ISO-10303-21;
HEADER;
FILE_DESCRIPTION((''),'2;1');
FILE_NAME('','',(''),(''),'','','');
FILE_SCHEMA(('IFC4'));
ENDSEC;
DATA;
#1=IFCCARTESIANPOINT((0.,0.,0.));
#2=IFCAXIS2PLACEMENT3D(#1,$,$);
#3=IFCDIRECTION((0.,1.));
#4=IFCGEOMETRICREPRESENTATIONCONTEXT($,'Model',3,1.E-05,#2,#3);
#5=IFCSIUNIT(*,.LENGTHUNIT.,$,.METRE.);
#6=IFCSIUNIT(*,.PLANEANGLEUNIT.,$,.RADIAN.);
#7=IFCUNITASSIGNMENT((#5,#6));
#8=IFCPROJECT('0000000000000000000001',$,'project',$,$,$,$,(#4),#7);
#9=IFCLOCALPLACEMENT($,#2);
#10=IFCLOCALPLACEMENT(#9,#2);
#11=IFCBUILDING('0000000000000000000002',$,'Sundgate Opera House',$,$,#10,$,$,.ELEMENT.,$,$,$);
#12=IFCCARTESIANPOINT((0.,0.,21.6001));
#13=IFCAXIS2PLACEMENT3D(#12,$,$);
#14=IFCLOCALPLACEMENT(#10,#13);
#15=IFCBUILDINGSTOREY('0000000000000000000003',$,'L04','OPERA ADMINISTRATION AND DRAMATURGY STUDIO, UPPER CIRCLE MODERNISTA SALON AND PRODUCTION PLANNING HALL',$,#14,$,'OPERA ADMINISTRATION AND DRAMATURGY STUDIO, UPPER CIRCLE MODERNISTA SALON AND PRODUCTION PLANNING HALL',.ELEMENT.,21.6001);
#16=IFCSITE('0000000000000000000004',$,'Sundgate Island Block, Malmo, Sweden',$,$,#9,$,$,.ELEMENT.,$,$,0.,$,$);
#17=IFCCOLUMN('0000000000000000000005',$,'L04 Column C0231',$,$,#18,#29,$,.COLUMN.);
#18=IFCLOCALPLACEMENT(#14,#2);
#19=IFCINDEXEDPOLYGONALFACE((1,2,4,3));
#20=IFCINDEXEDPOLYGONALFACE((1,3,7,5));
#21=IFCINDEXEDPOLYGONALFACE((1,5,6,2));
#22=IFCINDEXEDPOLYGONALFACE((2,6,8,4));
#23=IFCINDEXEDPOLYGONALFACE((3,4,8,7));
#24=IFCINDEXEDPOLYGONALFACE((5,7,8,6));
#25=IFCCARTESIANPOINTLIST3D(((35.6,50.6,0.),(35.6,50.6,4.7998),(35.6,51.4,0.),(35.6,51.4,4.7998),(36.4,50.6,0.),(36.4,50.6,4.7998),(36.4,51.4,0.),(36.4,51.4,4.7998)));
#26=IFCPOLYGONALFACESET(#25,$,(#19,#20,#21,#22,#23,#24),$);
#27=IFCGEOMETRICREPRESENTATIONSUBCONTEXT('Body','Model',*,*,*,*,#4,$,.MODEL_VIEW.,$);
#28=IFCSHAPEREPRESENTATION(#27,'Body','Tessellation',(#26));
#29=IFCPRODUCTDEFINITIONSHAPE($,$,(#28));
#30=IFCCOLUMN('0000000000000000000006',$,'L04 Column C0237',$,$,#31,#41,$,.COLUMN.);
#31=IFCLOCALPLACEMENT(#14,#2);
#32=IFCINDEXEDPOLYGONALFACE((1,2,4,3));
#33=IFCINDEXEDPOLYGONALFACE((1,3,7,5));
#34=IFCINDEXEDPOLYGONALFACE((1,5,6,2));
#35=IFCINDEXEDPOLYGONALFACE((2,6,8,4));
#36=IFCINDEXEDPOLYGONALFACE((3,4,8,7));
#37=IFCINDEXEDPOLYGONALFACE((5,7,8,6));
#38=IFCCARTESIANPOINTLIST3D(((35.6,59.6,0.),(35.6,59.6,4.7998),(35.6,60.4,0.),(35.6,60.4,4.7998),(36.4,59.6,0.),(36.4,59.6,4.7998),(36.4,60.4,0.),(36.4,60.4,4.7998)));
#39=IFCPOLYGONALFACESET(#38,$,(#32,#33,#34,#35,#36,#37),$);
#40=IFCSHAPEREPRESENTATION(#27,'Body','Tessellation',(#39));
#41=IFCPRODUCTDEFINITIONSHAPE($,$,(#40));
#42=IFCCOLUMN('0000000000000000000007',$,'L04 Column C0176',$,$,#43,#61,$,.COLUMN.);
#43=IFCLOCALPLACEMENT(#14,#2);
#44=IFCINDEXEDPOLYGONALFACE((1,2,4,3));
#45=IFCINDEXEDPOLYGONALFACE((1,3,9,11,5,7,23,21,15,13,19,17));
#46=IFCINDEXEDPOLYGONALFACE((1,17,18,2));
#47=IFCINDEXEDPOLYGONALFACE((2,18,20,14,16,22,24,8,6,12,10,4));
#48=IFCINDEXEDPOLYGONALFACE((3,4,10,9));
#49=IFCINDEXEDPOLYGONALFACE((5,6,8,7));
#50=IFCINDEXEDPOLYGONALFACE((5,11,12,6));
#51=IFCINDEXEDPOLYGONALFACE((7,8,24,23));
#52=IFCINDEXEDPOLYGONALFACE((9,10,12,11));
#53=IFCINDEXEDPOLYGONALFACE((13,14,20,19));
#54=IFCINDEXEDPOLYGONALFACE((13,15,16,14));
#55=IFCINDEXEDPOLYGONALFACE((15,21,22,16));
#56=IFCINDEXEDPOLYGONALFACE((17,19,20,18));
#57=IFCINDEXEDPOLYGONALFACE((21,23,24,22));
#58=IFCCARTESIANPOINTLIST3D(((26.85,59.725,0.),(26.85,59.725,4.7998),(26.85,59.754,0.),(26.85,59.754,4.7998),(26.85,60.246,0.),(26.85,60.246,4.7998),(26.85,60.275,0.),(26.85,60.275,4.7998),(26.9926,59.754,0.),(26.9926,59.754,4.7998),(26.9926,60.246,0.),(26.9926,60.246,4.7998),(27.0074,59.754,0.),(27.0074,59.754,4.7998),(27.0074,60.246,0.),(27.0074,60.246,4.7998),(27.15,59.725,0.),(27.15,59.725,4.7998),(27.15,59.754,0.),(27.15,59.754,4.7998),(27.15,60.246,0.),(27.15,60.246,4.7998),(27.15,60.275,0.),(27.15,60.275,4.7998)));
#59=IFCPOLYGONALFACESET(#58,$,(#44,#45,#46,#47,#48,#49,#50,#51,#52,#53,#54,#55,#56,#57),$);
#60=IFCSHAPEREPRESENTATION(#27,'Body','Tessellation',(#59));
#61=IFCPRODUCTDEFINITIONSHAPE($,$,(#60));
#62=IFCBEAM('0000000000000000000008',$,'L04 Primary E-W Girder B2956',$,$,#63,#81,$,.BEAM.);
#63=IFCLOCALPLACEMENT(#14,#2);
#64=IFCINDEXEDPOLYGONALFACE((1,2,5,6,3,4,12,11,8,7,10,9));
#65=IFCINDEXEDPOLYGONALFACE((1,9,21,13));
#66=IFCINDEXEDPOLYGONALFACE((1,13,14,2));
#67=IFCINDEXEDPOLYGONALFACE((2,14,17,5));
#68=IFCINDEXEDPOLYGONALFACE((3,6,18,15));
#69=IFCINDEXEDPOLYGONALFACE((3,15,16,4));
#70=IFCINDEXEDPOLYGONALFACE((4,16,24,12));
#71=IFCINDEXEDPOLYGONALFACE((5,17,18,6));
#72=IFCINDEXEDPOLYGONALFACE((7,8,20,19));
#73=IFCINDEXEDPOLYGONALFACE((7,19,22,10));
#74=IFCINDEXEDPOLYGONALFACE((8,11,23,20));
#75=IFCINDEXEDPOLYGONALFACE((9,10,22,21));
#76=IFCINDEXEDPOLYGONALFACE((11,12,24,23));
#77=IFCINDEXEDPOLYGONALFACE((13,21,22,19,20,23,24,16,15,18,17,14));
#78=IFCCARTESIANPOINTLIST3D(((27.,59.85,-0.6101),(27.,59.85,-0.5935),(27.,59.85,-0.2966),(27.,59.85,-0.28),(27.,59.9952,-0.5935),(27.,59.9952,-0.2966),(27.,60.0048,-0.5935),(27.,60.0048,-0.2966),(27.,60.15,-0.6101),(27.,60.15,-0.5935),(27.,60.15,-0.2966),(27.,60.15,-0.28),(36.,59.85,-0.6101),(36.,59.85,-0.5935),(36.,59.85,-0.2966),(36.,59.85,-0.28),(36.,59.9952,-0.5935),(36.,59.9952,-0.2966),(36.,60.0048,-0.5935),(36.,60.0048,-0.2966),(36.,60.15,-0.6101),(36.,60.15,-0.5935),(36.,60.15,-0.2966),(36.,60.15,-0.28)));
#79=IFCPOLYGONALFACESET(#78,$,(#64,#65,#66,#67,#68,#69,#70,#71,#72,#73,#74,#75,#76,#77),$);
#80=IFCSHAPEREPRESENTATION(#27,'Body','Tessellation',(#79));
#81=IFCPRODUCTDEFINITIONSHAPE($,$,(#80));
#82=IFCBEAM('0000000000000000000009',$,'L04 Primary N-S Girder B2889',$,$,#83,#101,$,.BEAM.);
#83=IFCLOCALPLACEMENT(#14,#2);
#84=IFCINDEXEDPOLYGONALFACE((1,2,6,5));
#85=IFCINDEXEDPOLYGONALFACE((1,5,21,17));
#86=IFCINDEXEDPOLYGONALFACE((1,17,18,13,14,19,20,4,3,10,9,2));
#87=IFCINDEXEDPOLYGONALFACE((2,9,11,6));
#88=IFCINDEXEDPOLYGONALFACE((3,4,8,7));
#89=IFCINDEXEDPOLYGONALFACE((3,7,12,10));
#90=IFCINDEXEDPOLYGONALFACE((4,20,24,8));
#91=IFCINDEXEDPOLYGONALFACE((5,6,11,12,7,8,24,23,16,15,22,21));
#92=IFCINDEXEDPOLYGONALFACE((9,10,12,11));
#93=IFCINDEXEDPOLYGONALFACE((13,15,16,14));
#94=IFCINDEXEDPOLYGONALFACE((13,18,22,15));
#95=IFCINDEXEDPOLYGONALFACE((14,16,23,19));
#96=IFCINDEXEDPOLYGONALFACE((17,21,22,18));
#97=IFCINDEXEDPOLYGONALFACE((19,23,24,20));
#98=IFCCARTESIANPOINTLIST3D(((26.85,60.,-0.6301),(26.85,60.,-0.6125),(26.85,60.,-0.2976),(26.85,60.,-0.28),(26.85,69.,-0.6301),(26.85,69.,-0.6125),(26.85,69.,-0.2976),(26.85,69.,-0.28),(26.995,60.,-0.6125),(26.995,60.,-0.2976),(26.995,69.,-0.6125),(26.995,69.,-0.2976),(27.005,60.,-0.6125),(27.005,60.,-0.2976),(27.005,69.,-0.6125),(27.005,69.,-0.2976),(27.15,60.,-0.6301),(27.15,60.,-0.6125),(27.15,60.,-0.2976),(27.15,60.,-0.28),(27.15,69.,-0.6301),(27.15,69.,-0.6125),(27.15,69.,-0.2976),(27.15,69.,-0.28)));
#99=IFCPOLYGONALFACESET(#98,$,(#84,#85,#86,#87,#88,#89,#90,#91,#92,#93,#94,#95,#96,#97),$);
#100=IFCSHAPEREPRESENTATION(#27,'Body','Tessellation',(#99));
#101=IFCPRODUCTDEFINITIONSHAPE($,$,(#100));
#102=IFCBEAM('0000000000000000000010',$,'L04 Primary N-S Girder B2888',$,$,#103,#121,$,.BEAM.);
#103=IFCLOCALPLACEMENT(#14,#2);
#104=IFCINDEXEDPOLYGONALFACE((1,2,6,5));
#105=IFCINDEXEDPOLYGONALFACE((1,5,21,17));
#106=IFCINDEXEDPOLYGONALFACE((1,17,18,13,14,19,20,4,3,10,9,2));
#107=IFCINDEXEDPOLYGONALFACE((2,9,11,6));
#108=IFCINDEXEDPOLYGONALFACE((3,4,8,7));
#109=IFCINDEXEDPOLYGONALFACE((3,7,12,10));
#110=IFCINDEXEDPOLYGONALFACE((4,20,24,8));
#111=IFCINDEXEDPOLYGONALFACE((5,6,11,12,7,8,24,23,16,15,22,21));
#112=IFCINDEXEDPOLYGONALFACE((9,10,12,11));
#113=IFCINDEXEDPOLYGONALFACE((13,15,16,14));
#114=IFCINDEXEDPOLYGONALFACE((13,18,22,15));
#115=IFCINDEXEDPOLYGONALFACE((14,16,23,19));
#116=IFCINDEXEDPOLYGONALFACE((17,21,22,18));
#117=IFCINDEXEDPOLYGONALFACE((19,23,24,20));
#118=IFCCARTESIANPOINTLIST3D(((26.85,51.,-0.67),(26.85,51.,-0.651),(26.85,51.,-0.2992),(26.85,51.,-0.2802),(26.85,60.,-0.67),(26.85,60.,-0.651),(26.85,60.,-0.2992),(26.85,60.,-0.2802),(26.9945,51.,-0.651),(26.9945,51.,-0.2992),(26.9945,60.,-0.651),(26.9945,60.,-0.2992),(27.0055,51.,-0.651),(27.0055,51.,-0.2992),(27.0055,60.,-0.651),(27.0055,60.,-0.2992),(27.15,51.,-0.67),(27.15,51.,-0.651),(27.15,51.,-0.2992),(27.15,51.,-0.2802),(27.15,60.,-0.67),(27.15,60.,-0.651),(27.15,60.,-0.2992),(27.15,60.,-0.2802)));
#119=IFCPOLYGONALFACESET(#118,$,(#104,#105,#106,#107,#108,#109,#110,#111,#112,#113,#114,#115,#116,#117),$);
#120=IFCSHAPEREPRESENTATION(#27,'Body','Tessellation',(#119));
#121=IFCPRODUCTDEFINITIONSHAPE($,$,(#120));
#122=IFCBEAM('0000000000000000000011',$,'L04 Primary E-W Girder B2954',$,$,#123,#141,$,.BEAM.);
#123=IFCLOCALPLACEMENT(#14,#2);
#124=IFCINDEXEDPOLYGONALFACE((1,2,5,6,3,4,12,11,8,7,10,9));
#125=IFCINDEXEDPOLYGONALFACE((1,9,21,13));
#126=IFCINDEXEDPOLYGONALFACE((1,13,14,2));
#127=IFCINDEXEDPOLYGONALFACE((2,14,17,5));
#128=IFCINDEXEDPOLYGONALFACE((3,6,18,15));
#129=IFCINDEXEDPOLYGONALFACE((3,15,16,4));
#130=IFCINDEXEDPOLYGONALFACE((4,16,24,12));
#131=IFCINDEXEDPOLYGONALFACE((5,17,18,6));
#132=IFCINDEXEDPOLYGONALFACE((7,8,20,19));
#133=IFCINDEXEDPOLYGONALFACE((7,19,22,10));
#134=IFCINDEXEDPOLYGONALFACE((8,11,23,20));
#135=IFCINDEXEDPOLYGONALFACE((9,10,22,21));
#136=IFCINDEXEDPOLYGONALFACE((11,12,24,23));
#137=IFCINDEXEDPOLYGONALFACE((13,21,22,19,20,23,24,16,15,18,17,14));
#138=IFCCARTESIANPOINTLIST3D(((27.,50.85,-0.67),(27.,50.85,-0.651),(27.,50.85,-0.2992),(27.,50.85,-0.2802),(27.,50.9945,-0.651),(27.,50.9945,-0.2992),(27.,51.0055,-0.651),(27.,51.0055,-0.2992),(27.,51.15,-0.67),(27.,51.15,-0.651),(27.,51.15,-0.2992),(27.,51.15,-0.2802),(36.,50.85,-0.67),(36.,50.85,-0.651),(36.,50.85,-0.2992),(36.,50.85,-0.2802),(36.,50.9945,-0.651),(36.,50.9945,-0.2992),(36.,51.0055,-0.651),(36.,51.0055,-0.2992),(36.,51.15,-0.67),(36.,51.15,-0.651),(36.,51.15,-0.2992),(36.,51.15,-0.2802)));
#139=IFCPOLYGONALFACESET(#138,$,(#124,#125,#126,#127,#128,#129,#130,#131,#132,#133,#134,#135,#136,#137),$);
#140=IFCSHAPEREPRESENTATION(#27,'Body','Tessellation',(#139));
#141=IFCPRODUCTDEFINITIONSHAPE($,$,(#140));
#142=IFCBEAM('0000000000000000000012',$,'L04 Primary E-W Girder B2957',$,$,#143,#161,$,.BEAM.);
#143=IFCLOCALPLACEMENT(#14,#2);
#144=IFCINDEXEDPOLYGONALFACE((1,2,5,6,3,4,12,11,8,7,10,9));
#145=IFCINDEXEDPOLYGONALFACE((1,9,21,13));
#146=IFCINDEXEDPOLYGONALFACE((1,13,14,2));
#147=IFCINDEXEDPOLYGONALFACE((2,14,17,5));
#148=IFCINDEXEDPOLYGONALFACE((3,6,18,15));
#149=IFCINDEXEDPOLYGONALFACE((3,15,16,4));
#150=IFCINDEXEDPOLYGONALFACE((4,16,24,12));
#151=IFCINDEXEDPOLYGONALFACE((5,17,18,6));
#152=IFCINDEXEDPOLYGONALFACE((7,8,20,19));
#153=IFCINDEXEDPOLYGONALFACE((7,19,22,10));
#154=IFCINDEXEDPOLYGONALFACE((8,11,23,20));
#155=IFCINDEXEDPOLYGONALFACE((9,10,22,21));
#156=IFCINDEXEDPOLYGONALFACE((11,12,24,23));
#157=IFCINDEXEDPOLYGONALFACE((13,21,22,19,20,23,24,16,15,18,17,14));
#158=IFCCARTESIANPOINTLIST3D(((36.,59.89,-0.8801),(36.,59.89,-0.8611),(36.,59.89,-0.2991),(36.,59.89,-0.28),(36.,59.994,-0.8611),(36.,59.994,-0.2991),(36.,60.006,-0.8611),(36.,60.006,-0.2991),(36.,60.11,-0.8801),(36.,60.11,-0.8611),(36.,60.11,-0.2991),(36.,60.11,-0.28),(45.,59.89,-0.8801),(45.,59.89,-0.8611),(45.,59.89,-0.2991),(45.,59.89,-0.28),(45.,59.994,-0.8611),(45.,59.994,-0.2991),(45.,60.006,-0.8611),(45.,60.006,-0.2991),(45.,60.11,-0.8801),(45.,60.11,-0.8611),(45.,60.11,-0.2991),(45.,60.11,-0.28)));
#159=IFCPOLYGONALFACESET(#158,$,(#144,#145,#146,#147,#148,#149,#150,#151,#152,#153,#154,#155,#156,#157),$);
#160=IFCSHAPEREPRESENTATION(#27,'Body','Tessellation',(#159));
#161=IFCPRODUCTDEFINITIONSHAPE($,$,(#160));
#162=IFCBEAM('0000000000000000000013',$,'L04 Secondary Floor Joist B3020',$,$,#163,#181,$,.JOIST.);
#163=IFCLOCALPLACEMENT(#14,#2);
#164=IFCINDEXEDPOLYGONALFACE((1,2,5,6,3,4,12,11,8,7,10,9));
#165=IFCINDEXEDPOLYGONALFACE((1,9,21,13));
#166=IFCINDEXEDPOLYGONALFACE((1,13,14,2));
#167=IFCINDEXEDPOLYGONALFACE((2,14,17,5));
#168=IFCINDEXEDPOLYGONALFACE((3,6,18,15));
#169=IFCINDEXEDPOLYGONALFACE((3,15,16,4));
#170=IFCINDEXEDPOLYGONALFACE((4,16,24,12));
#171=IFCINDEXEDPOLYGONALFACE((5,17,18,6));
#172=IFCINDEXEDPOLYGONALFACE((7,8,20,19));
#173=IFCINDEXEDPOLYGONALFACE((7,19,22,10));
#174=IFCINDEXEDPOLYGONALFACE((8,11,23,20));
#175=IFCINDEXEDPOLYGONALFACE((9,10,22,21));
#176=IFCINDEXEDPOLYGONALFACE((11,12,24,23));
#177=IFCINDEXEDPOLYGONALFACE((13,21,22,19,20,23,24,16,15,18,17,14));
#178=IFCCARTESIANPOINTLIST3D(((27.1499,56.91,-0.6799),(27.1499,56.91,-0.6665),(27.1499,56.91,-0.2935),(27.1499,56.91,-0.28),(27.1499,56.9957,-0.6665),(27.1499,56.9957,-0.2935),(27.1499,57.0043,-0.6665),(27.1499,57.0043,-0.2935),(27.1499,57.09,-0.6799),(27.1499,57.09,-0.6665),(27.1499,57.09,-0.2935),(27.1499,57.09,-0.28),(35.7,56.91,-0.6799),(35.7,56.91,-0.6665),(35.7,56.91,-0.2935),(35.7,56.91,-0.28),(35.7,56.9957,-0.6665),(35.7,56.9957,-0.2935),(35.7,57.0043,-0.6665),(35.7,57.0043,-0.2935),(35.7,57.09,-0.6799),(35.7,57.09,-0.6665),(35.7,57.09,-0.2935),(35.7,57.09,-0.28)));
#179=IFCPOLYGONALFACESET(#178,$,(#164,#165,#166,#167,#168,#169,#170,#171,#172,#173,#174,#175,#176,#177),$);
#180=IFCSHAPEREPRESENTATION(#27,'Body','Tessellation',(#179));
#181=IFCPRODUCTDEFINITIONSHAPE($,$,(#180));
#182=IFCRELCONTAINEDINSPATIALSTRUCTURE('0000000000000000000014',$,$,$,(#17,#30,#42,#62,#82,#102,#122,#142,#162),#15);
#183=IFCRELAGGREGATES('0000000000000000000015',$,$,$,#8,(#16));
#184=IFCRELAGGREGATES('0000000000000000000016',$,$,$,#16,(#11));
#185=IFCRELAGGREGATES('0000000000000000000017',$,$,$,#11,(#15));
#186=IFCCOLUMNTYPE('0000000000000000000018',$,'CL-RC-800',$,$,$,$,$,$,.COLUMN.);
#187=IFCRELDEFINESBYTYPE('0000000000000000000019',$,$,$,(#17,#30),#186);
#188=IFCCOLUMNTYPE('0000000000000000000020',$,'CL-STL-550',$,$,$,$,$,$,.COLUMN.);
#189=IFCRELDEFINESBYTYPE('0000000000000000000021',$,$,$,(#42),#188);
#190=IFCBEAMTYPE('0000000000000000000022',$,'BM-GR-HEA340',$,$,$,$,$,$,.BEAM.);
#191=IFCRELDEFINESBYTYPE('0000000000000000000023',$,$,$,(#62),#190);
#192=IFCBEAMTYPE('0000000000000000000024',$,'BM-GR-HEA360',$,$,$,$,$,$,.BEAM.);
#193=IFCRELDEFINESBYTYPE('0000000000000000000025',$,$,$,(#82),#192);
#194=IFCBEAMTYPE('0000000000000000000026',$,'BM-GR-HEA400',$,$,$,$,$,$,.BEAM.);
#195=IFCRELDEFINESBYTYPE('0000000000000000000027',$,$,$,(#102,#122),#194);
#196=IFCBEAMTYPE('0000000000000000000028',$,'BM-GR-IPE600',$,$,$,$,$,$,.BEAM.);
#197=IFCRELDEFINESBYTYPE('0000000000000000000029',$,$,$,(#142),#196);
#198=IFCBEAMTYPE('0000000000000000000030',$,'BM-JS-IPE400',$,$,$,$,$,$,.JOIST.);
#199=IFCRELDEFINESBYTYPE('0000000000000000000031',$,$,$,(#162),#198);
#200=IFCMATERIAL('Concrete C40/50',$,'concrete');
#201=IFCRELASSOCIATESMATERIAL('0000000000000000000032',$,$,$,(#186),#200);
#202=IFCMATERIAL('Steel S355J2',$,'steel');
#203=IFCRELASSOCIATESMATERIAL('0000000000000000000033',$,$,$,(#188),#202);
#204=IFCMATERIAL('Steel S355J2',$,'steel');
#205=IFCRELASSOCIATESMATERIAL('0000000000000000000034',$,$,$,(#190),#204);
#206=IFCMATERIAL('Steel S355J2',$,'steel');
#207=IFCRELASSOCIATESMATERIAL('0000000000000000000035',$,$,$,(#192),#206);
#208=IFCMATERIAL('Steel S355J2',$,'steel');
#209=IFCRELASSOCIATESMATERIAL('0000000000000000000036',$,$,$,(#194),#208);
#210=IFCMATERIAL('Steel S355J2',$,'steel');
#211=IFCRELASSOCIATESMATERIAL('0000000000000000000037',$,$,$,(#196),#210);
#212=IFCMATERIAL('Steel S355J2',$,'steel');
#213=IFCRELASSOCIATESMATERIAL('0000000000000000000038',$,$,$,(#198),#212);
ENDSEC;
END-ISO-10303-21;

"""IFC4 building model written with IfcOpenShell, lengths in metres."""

from ifc_helpers import new_model, si_unit, direction, frame, origin, origin_2d, place, context, subcontext, project, spatial, rectangle, i_section, extrude, material, material_profile, profile_set, type_object, element, save


model = new_model("IFC4")

# Units and contexts
model_context = context("Model", 3, precision=1e-05, world=origin(), true_north=direction((0.0, 1.0)))
body_context = subcontext(model_context, "Body", "Model", "MODEL_VIEW")
ifc_project = project(units=[si_unit("LENGTHUNIT", "METRE"), si_unit("PLANEANGLEUNIT", "RADIAN")], contexts=[model_context])

# Site, building, storey
site_placement = place(None, origin())
site = spatial("IfcSite", under=ifc_project, at=site_placement, Name="Sundgate Island Block, Malmo, Sweden", CompositionType="ELEMENT", RefElevation=0.0)
building_placement = place(site_placement, origin())
building = spatial("IfcBuilding", under=site, at=building_placement, Name="Sundgate Opera House", CompositionType="ELEMENT")
storey_placement = place(building_placement, frame((0.0, 0.0, 21.6001)))
storey = spatial("IfcBuildingStorey", under=building, at=storey_placement, Name="L04", Description="OPERA ADMINISTRATION AND DRAMATURGY STUDIO, UPPER CIRCLE MODERNISTA SALON AND PRODUCTION PLANNING HALL", LongName="OPERA ADMINISTRATION AND DRAMATURGY STUDIO, UPPER CIRCLE MODERNISTA SALON AND PRODUCTION PLANNING HALL", CompositionType="ELEMENT", Elevation=21.6001)

# Columns
ifc_material_1 = material(Name="Concrete C40/50", Category="concrete")
ifc_material_profile_1 = material_profile(ifc_material_1, rectangle(XDim=0.8, YDim=0.8, at=origin_2d()), Name="RC 800x800")
ifc_profile_set_1 = profile_set([ifc_material_profile_1], Name="Concrete C40/50")
column_type_1 = type_object("IfcColumnType", Name="CL-RC-800", PredefinedType="COLUMN", material=ifc_profile_set_1)
for number, where, z_axis, x_axis, name in (
    (1, (36.0, 51.0, 0.0), (0.0, 0.0, 1.0), (1.0, 0.0, 0.0), "L04 Column C0231"),
    (2, (36.0, 60.0, 0.0), (0.0, 0.0, 1.0), (1.0, 0.0, 0.0), "L04 Column C0237"),
):
    element("IfcColumn", number, at=place(storey_placement, frame(where, z_axis=z_axis, x_axis=x_axis)), inside=storey, type_object=column_type_1, Name=name, PredefinedType="COLUMN", context=body_context, shape_type="SweptSolid", body=[
        extrude(rectangle(XDim=0.8, YDim=0.8, at=origin_2d()), origin(), (0.0, 0.0, 1.0), 4.7998),
    ])
ifc_material_2 = material(Name="Steel S355J2", Category="steel")
ifc_material_profile_2 = material_profile(ifc_material_2, i_section(OverallWidth=0.3, OverallDepth=0.55, WebThickness=0.0149, FlangeThickness=0.0291, at=origin_2d()), Name="HEB 550")
ifc_profile_set_2 = profile_set([ifc_material_profile_2], Name="Steel S355J2")
column_type_2 = type_object("IfcColumnType", Name="CL-STL-550", PredefinedType="COLUMN", material=ifc_profile_set_2)
column_placement = place(storey_placement, frame((27.0, 60.0, 0.0), z_axis=(0.0, 0.0, 1.0), x_axis=(1.0, 0.0, 0.0)))
element("IfcColumn", 3, at=column_placement, inside=storey, type_object=column_type_2, Name="L04 Column C0176", PredefinedType="COLUMN", context=body_context, shape_type="SweptSolid", body=[
    extrude(i_section(OverallWidth=0.3, OverallDepth=0.55, WebThickness=0.0149, FlangeThickness=0.0291, at=origin_2d()), origin(), (0.0, 0.0, 1.0), 4.7998),
])

# Beams
ifc_material_3 = material(Name="Steel S355J2", Category="steel")
ifc_material_profile_3 = material_profile(ifc_material_3, i_section(OverallWidth=0.3, OverallDepth=0.3301, WebThickness=0.0095, FlangeThickness=0.0166, at=origin_2d()), Name="HEA 340")
ifc_profile_set_3 = profile_set([ifc_material_profile_3], Name="Steel S355J2")
beam_type_1 = type_object("IfcBeamType", Name="BM-GR-HEA340", PredefinedType="BEAM", material=ifc_profile_set_3)
beam_1_placement = place(storey_placement, frame((27.0, 60.0, -0.4451), z_axis=(1.0, 0.0, 0.0), x_axis=(0.0, 1.0, 0.0)))
element("IfcBeam", 4, at=beam_1_placement, inside=storey, type_object=beam_type_1, Name="L04 Primary E-W Girder B2956", PredefinedType="BEAM", context=body_context, shape_type="SweptSolid", body=[
    extrude(i_section(OverallWidth=0.3, OverallDepth=0.3301, WebThickness=0.0095, FlangeThickness=0.0166, at=origin_2d()), origin(), (0.0, 0.0, 1.0), 9.0),
])
ifc_material_4 = material(Name="Steel S355J2", Category="steel")
ifc_material_profile_4 = material_profile(ifc_material_4, i_section(OverallWidth=0.3, OverallDepth=0.3501, WebThickness=0.01, FlangeThickness=0.0176, at=origin_2d()), Name="HEA 360")
ifc_profile_set_4 = profile_set([ifc_material_profile_4], Name="Steel S355J2")
beam_type_2 = type_object("IfcBeamType", Name="BM-GR-HEA360", PredefinedType="BEAM", material=ifc_profile_set_4)
beam_2_placement = place(storey_placement, frame((27.0, 60.0, -0.4551), z_axis=(0.0, 1.0, 0.0), x_axis=(-1.0, 0.0, 0.0)))
element("IfcBeam", 5, at=beam_2_placement, inside=storey, type_object=beam_type_2, Name="L04 Primary N-S Girder B2889", PredefinedType="BEAM", context=body_context, shape_type="SweptSolid", body=[
    extrude(i_section(OverallWidth=0.3, OverallDepth=0.3501, WebThickness=0.01, FlangeThickness=0.0176, at=origin_2d()), origin(), (0.0, 0.0, 1.0), 9.0),
])
ifc_material_5 = material(Name="Steel S355J2", Category="steel")
ifc_material_profile_5 = material_profile(ifc_material_5, i_section(OverallWidth=0.3, OverallDepth=0.3899, WebThickness=0.011, FlangeThickness=0.019, at=origin_2d()), Name="HEA 400")
ifc_profile_set_5 = profile_set([ifc_material_profile_5], Name="Steel S355J2")
beam_type_3 = type_object("IfcBeamType", Name="BM-GR-HEA400", PredefinedType="BEAM", material=ifc_profile_set_5)
for number, where, z_axis, x_axis, name in (
    (6, (27.0, 51.0, -0.4751), (0.0, 1.0, 0.0), (-1.0, 0.0, 0.0), "L04 Primary N-S Girder B2888"),
    (7, (27.0, 51.0, -0.4751), (1.0, 0.0, 0.0), (0.0, 1.0, 0.0), "L04 Primary E-W Girder B2954"),
):
    element("IfcBeam", number, at=place(storey_placement, frame(where, z_axis=z_axis, x_axis=x_axis)), inside=storey, type_object=beam_type_3, Name=name, PredefinedType="BEAM", context=body_context, shape_type="SweptSolid", body=[
        extrude(i_section(OverallWidth=0.3, OverallDepth=0.3899, WebThickness=0.011, FlangeThickness=0.019, at=origin_2d()), origin(), (0.0, 0.0, 1.0), 9.0),
    ])
ifc_material_6 = material(Name="Steel S355J2", Category="steel")
ifc_material_profile_6 = material_profile(ifc_material_6, i_section(OverallWidth=0.22, OverallDepth=0.6001, WebThickness=0.012, FlangeThickness=0.019, at=origin_2d()), Name="IPE 600")
ifc_profile_set_6 = profile_set([ifc_material_profile_6], Name="Steel S355J2")
beam_type_4 = type_object("IfcBeamType", Name="BM-GR-IPE600", PredefinedType="BEAM", material=ifc_profile_set_6)
beam_3_placement = place(storey_placement, frame((36.0, 60.0, -0.5801), z_axis=(1.0, 0.0, 0.0), x_axis=(0.0, 1.0, 0.0)))
element("IfcBeam", 8, at=beam_3_placement, inside=storey, type_object=beam_type_4, Name="L04 Primary E-W Girder B2957", PredefinedType="BEAM", context=body_context, shape_type="SweptSolid", body=[
    extrude(i_section(OverallWidth=0.22, OverallDepth=0.6001, WebThickness=0.012, FlangeThickness=0.019, at=origin_2d()), origin(), (0.0, 0.0, 1.0), 9.0),
])
ifc_material_7 = material(Name="Steel S355J2", Category="steel")
ifc_material_profile_7 = material_profile(ifc_material_7, i_section(OverallWidth=0.1799, OverallDepth=0.3999, WebThickness=0.0085, FlangeThickness=0.0134, at=origin_2d()), Name="IPE 400")
ifc_profile_set_7 = profile_set([ifc_material_profile_7], Name="Steel S355J2")
beam_type_5 = type_object("IfcBeamType", Name="BM-JS-IPE400", PredefinedType="JOIST", material=ifc_profile_set_7)
beam_4_placement = place(storey_placement, frame((27.1499, 57.0, -0.48), z_axis=(1.0, 0.0, 0.0), x_axis=(0.0, 1.0, 0.0)))
element("IfcBeam", 9, at=beam_4_placement, inside=storey, type_object=beam_type_5, Name="L04 Secondary Floor Joist B3020", PredefinedType="JOIST", context=body_context, shape_type="SweptSolid", body=[
    extrude(i_section(OverallWidth=0.1799, OverallDepth=0.3999, WebThickness=0.0085, FlangeThickness=0.0134, at=origin_2d()), origin(), (0.0, 0.0, 1.0), 8.55),
])

save(model, "model.ifc")
